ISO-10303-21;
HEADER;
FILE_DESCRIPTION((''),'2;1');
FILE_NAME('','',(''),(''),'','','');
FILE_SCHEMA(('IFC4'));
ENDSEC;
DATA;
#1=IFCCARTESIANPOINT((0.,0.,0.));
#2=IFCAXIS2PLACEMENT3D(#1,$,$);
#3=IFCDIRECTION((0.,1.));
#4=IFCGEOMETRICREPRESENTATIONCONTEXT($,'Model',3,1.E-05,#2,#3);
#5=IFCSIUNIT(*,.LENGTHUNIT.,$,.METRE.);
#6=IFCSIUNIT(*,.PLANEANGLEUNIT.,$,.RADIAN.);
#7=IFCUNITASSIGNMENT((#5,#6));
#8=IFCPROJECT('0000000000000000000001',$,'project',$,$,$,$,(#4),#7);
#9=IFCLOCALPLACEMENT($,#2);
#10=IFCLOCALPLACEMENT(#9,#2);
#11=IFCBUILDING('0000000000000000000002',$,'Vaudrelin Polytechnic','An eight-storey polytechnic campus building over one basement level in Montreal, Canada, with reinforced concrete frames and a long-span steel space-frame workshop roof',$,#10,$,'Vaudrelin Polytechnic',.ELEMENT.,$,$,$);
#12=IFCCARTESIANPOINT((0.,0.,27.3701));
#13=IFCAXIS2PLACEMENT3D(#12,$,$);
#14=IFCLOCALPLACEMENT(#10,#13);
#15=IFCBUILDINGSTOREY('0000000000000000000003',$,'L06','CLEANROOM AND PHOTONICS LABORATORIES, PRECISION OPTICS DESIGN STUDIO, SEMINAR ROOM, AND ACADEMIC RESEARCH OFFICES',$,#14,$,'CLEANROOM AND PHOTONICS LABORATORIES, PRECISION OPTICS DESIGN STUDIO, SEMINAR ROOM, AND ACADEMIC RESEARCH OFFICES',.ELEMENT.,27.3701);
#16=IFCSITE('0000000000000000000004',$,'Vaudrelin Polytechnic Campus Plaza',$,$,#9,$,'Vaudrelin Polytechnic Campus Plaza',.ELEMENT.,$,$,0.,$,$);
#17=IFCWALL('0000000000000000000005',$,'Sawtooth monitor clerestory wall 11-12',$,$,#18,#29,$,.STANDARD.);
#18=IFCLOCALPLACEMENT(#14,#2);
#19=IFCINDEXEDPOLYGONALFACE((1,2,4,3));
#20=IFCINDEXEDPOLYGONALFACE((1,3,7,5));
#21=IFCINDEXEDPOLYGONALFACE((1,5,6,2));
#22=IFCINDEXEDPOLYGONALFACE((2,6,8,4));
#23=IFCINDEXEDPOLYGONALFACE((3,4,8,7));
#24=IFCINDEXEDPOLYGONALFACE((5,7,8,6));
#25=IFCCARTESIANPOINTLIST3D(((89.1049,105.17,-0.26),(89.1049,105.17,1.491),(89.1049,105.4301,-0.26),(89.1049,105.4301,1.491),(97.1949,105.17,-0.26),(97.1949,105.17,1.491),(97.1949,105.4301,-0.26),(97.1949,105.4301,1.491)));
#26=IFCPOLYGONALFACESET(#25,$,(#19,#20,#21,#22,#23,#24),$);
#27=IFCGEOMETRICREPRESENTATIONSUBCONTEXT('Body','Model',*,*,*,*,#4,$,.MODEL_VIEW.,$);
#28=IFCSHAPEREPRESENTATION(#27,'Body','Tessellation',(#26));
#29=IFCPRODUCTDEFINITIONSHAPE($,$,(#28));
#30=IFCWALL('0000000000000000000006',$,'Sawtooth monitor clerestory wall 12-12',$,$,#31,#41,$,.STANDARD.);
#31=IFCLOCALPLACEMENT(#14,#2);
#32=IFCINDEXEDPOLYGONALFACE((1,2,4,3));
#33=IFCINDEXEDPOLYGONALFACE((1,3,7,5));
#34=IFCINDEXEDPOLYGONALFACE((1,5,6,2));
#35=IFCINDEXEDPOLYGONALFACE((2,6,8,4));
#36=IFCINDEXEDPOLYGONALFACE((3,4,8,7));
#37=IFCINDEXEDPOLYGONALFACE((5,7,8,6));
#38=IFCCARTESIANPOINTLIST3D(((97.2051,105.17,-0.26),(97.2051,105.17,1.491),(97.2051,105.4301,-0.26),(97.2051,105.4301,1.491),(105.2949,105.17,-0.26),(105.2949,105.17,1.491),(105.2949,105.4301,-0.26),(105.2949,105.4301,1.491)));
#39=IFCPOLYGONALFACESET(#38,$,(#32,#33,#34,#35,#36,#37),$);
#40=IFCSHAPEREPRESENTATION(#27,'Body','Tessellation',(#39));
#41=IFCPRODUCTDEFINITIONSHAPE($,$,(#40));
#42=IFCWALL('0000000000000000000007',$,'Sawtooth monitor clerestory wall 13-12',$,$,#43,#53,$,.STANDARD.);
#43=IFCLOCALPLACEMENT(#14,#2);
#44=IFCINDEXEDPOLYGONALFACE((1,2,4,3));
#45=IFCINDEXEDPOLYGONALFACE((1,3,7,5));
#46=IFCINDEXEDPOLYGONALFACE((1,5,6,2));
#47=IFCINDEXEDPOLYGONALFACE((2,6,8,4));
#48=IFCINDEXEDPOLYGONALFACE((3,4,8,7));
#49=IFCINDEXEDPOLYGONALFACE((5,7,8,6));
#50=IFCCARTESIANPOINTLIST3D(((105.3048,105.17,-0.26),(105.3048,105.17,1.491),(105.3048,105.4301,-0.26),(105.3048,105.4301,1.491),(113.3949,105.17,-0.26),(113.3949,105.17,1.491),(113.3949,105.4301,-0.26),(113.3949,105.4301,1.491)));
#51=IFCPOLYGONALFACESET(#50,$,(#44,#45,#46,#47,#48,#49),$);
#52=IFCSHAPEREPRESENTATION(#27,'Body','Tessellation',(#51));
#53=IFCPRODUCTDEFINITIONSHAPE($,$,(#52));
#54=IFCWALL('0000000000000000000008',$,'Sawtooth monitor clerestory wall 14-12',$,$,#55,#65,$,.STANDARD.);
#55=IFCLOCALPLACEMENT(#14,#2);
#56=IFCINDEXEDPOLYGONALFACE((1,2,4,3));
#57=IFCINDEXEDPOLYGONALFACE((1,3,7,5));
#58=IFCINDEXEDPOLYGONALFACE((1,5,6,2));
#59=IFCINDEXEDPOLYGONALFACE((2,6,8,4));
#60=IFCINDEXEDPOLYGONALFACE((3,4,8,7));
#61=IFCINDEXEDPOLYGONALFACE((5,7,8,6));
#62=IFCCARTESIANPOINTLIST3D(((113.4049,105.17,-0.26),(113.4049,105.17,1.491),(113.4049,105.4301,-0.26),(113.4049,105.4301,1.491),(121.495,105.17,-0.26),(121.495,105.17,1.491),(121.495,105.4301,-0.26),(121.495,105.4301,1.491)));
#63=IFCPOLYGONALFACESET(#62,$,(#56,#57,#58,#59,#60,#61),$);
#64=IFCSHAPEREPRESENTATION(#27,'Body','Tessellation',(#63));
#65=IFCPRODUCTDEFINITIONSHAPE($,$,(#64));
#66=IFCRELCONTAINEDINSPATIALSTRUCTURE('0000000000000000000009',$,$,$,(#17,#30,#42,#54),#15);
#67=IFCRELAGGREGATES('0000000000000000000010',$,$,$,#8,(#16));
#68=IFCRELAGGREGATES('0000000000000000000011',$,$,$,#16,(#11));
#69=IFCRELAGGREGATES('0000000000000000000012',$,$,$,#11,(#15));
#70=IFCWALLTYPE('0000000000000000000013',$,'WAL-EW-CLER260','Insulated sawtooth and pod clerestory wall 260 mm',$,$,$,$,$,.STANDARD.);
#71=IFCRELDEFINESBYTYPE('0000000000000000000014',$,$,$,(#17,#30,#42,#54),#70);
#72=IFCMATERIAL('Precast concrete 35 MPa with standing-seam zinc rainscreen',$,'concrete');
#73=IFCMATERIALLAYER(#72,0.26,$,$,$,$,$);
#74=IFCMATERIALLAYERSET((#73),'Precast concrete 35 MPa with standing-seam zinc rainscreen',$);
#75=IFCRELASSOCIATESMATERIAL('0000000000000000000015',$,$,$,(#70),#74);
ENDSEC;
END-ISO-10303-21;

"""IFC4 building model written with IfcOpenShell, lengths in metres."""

from ifc_helpers import new_model, si_unit, direction, frame, frame_2d, origin, place, context, subcontext, project, spatial, rectangle, extrude, material, layer, layer_set, type_object, element, save


model = new_model("IFC4")

# Units and contexts
model_context = context("Model", 3, precision=1e-05, world=origin(), true_north=direction((0.0, 1.0)))
body_context = subcontext(model_context, "Body", "Model", "MODEL_VIEW")
ifc_project = project(units=[si_unit("LENGTHUNIT", "METRE"), si_unit("PLANEANGLEUNIT", "RADIAN")], contexts=[model_context])

# Site, building, storey
site_placement = place(None, origin())
site = spatial("IfcSite", under=ifc_project, at=site_placement, Name="Vaudrelin Polytechnic Campus Plaza", LongName="Vaudrelin Polytechnic Campus Plaza", CompositionType="ELEMENT", RefElevation=0.0)
building_placement = place(site_placement, origin())
building = spatial("IfcBuilding", under=site, at=building_placement, Name="Vaudrelin Polytechnic", Description="An eight-storey polytechnic campus building over one basement level in Montreal, Canada, with reinforced concrete frames and a long-span steel space-frame workshop roof", LongName="Vaudrelin Polytechnic", CompositionType="ELEMENT")
storey_placement = place(building_placement, frame((0.0, 0.0, 27.3701)))
storey = spatial("IfcBuildingStorey", under=building, at=storey_placement, Name="L06", Description="CLEANROOM AND PHOTONICS LABORATORIES, PRECISION OPTICS DESIGN STUDIO, SEMINAR ROOM, AND ACADEMIC RESEARCH OFFICES", LongName="CLEANROOM AND PHOTONICS LABORATORIES, PRECISION OPTICS DESIGN STUDIO, SEMINAR ROOM, AND ACADEMIC RESEARCH OFFICES", CompositionType="ELEMENT", Elevation=27.3701)

# Walls
ifc_material_1 = material(Name="Precast concrete 35 MPa with standing-seam zinc rainscreen", Category="concrete")
ifc_layer_1 = layer(ifc_material_1, 0.26)
ifc_layer_set_1 = layer_set([ifc_layer_1], Name="Precast concrete 35 MPa with standing-seam zinc rainscreen")
wall_type = type_object("IfcWallType", Name="WAL-EW-CLER260", Description="Insulated sawtooth and pod clerestory wall 260 mm", PredefinedType="STANDARD", material=ifc_layer_set_1)
wall_1_placement = place(storey_placement, frame((89.105, 105.3, -0.26), z_axis=(0.0, 0.0, 1.0), x_axis=(1.0, 0.0, 0.0)))
element("IfcWall", 1, at=wall_1_placement, inside=storey, type_object=wall_type, Name="Sawtooth monitor clerestory wall 11-12", PredefinedType="STANDARD", context=body_context, shape_type="SweptSolid", body=[
    extrude(rectangle(XDim=8.0901, YDim=0.26, at=frame_2d((4.0449, 0.0))), origin(), (0.0, 0.0, 1.0), 1.751),
])
wall_2_placement = place(storey_placement, frame((97.2051, 105.3, -0.26), z_axis=(0.0, 0.0, 1.0), x_axis=(1.0, 0.0, 0.0)))
element("IfcWall", 2, at=wall_2_placement, inside=storey, type_object=wall_type, Name="Sawtooth monitor clerestory wall 12-12", PredefinedType="STANDARD", context=body_context, shape_type="SweptSolid", body=[
    extrude(rectangle(XDim=8.0898, YDim=0.26, at=frame_2d((4.0449, 0.0))), origin(), (0.0, 0.0, 1.0), 1.751),
])
for number, where, z_axis, x_axis, name in (
    (3, (105.3049, 105.3, -0.26), (0.0, 0.0, 1.0), (1.0, 0.0, 0.0), "Sawtooth monitor clerestory wall 13-12"),
    (4, (113.405, 105.3, -0.26), (0.0, 0.0, 1.0), (1.0, 0.0, 0.0), "Sawtooth monitor clerestory wall 14-12"),
):
    element("IfcWall", number, at=place(storey_placement, frame(where, z_axis=z_axis, x_axis=x_axis)), inside=storey, type_object=wall_type, Name=name, PredefinedType="STANDARD", context=body_context, shape_type="SweptSolid", body=[
        extrude(rectangle(XDim=8.0901, YDim=0.26, at=frame_2d((4.0449, 0.0))), origin(), (0.0, 0.0, 1.0), 1.751),
    ])

save(model, "model.ifc")
